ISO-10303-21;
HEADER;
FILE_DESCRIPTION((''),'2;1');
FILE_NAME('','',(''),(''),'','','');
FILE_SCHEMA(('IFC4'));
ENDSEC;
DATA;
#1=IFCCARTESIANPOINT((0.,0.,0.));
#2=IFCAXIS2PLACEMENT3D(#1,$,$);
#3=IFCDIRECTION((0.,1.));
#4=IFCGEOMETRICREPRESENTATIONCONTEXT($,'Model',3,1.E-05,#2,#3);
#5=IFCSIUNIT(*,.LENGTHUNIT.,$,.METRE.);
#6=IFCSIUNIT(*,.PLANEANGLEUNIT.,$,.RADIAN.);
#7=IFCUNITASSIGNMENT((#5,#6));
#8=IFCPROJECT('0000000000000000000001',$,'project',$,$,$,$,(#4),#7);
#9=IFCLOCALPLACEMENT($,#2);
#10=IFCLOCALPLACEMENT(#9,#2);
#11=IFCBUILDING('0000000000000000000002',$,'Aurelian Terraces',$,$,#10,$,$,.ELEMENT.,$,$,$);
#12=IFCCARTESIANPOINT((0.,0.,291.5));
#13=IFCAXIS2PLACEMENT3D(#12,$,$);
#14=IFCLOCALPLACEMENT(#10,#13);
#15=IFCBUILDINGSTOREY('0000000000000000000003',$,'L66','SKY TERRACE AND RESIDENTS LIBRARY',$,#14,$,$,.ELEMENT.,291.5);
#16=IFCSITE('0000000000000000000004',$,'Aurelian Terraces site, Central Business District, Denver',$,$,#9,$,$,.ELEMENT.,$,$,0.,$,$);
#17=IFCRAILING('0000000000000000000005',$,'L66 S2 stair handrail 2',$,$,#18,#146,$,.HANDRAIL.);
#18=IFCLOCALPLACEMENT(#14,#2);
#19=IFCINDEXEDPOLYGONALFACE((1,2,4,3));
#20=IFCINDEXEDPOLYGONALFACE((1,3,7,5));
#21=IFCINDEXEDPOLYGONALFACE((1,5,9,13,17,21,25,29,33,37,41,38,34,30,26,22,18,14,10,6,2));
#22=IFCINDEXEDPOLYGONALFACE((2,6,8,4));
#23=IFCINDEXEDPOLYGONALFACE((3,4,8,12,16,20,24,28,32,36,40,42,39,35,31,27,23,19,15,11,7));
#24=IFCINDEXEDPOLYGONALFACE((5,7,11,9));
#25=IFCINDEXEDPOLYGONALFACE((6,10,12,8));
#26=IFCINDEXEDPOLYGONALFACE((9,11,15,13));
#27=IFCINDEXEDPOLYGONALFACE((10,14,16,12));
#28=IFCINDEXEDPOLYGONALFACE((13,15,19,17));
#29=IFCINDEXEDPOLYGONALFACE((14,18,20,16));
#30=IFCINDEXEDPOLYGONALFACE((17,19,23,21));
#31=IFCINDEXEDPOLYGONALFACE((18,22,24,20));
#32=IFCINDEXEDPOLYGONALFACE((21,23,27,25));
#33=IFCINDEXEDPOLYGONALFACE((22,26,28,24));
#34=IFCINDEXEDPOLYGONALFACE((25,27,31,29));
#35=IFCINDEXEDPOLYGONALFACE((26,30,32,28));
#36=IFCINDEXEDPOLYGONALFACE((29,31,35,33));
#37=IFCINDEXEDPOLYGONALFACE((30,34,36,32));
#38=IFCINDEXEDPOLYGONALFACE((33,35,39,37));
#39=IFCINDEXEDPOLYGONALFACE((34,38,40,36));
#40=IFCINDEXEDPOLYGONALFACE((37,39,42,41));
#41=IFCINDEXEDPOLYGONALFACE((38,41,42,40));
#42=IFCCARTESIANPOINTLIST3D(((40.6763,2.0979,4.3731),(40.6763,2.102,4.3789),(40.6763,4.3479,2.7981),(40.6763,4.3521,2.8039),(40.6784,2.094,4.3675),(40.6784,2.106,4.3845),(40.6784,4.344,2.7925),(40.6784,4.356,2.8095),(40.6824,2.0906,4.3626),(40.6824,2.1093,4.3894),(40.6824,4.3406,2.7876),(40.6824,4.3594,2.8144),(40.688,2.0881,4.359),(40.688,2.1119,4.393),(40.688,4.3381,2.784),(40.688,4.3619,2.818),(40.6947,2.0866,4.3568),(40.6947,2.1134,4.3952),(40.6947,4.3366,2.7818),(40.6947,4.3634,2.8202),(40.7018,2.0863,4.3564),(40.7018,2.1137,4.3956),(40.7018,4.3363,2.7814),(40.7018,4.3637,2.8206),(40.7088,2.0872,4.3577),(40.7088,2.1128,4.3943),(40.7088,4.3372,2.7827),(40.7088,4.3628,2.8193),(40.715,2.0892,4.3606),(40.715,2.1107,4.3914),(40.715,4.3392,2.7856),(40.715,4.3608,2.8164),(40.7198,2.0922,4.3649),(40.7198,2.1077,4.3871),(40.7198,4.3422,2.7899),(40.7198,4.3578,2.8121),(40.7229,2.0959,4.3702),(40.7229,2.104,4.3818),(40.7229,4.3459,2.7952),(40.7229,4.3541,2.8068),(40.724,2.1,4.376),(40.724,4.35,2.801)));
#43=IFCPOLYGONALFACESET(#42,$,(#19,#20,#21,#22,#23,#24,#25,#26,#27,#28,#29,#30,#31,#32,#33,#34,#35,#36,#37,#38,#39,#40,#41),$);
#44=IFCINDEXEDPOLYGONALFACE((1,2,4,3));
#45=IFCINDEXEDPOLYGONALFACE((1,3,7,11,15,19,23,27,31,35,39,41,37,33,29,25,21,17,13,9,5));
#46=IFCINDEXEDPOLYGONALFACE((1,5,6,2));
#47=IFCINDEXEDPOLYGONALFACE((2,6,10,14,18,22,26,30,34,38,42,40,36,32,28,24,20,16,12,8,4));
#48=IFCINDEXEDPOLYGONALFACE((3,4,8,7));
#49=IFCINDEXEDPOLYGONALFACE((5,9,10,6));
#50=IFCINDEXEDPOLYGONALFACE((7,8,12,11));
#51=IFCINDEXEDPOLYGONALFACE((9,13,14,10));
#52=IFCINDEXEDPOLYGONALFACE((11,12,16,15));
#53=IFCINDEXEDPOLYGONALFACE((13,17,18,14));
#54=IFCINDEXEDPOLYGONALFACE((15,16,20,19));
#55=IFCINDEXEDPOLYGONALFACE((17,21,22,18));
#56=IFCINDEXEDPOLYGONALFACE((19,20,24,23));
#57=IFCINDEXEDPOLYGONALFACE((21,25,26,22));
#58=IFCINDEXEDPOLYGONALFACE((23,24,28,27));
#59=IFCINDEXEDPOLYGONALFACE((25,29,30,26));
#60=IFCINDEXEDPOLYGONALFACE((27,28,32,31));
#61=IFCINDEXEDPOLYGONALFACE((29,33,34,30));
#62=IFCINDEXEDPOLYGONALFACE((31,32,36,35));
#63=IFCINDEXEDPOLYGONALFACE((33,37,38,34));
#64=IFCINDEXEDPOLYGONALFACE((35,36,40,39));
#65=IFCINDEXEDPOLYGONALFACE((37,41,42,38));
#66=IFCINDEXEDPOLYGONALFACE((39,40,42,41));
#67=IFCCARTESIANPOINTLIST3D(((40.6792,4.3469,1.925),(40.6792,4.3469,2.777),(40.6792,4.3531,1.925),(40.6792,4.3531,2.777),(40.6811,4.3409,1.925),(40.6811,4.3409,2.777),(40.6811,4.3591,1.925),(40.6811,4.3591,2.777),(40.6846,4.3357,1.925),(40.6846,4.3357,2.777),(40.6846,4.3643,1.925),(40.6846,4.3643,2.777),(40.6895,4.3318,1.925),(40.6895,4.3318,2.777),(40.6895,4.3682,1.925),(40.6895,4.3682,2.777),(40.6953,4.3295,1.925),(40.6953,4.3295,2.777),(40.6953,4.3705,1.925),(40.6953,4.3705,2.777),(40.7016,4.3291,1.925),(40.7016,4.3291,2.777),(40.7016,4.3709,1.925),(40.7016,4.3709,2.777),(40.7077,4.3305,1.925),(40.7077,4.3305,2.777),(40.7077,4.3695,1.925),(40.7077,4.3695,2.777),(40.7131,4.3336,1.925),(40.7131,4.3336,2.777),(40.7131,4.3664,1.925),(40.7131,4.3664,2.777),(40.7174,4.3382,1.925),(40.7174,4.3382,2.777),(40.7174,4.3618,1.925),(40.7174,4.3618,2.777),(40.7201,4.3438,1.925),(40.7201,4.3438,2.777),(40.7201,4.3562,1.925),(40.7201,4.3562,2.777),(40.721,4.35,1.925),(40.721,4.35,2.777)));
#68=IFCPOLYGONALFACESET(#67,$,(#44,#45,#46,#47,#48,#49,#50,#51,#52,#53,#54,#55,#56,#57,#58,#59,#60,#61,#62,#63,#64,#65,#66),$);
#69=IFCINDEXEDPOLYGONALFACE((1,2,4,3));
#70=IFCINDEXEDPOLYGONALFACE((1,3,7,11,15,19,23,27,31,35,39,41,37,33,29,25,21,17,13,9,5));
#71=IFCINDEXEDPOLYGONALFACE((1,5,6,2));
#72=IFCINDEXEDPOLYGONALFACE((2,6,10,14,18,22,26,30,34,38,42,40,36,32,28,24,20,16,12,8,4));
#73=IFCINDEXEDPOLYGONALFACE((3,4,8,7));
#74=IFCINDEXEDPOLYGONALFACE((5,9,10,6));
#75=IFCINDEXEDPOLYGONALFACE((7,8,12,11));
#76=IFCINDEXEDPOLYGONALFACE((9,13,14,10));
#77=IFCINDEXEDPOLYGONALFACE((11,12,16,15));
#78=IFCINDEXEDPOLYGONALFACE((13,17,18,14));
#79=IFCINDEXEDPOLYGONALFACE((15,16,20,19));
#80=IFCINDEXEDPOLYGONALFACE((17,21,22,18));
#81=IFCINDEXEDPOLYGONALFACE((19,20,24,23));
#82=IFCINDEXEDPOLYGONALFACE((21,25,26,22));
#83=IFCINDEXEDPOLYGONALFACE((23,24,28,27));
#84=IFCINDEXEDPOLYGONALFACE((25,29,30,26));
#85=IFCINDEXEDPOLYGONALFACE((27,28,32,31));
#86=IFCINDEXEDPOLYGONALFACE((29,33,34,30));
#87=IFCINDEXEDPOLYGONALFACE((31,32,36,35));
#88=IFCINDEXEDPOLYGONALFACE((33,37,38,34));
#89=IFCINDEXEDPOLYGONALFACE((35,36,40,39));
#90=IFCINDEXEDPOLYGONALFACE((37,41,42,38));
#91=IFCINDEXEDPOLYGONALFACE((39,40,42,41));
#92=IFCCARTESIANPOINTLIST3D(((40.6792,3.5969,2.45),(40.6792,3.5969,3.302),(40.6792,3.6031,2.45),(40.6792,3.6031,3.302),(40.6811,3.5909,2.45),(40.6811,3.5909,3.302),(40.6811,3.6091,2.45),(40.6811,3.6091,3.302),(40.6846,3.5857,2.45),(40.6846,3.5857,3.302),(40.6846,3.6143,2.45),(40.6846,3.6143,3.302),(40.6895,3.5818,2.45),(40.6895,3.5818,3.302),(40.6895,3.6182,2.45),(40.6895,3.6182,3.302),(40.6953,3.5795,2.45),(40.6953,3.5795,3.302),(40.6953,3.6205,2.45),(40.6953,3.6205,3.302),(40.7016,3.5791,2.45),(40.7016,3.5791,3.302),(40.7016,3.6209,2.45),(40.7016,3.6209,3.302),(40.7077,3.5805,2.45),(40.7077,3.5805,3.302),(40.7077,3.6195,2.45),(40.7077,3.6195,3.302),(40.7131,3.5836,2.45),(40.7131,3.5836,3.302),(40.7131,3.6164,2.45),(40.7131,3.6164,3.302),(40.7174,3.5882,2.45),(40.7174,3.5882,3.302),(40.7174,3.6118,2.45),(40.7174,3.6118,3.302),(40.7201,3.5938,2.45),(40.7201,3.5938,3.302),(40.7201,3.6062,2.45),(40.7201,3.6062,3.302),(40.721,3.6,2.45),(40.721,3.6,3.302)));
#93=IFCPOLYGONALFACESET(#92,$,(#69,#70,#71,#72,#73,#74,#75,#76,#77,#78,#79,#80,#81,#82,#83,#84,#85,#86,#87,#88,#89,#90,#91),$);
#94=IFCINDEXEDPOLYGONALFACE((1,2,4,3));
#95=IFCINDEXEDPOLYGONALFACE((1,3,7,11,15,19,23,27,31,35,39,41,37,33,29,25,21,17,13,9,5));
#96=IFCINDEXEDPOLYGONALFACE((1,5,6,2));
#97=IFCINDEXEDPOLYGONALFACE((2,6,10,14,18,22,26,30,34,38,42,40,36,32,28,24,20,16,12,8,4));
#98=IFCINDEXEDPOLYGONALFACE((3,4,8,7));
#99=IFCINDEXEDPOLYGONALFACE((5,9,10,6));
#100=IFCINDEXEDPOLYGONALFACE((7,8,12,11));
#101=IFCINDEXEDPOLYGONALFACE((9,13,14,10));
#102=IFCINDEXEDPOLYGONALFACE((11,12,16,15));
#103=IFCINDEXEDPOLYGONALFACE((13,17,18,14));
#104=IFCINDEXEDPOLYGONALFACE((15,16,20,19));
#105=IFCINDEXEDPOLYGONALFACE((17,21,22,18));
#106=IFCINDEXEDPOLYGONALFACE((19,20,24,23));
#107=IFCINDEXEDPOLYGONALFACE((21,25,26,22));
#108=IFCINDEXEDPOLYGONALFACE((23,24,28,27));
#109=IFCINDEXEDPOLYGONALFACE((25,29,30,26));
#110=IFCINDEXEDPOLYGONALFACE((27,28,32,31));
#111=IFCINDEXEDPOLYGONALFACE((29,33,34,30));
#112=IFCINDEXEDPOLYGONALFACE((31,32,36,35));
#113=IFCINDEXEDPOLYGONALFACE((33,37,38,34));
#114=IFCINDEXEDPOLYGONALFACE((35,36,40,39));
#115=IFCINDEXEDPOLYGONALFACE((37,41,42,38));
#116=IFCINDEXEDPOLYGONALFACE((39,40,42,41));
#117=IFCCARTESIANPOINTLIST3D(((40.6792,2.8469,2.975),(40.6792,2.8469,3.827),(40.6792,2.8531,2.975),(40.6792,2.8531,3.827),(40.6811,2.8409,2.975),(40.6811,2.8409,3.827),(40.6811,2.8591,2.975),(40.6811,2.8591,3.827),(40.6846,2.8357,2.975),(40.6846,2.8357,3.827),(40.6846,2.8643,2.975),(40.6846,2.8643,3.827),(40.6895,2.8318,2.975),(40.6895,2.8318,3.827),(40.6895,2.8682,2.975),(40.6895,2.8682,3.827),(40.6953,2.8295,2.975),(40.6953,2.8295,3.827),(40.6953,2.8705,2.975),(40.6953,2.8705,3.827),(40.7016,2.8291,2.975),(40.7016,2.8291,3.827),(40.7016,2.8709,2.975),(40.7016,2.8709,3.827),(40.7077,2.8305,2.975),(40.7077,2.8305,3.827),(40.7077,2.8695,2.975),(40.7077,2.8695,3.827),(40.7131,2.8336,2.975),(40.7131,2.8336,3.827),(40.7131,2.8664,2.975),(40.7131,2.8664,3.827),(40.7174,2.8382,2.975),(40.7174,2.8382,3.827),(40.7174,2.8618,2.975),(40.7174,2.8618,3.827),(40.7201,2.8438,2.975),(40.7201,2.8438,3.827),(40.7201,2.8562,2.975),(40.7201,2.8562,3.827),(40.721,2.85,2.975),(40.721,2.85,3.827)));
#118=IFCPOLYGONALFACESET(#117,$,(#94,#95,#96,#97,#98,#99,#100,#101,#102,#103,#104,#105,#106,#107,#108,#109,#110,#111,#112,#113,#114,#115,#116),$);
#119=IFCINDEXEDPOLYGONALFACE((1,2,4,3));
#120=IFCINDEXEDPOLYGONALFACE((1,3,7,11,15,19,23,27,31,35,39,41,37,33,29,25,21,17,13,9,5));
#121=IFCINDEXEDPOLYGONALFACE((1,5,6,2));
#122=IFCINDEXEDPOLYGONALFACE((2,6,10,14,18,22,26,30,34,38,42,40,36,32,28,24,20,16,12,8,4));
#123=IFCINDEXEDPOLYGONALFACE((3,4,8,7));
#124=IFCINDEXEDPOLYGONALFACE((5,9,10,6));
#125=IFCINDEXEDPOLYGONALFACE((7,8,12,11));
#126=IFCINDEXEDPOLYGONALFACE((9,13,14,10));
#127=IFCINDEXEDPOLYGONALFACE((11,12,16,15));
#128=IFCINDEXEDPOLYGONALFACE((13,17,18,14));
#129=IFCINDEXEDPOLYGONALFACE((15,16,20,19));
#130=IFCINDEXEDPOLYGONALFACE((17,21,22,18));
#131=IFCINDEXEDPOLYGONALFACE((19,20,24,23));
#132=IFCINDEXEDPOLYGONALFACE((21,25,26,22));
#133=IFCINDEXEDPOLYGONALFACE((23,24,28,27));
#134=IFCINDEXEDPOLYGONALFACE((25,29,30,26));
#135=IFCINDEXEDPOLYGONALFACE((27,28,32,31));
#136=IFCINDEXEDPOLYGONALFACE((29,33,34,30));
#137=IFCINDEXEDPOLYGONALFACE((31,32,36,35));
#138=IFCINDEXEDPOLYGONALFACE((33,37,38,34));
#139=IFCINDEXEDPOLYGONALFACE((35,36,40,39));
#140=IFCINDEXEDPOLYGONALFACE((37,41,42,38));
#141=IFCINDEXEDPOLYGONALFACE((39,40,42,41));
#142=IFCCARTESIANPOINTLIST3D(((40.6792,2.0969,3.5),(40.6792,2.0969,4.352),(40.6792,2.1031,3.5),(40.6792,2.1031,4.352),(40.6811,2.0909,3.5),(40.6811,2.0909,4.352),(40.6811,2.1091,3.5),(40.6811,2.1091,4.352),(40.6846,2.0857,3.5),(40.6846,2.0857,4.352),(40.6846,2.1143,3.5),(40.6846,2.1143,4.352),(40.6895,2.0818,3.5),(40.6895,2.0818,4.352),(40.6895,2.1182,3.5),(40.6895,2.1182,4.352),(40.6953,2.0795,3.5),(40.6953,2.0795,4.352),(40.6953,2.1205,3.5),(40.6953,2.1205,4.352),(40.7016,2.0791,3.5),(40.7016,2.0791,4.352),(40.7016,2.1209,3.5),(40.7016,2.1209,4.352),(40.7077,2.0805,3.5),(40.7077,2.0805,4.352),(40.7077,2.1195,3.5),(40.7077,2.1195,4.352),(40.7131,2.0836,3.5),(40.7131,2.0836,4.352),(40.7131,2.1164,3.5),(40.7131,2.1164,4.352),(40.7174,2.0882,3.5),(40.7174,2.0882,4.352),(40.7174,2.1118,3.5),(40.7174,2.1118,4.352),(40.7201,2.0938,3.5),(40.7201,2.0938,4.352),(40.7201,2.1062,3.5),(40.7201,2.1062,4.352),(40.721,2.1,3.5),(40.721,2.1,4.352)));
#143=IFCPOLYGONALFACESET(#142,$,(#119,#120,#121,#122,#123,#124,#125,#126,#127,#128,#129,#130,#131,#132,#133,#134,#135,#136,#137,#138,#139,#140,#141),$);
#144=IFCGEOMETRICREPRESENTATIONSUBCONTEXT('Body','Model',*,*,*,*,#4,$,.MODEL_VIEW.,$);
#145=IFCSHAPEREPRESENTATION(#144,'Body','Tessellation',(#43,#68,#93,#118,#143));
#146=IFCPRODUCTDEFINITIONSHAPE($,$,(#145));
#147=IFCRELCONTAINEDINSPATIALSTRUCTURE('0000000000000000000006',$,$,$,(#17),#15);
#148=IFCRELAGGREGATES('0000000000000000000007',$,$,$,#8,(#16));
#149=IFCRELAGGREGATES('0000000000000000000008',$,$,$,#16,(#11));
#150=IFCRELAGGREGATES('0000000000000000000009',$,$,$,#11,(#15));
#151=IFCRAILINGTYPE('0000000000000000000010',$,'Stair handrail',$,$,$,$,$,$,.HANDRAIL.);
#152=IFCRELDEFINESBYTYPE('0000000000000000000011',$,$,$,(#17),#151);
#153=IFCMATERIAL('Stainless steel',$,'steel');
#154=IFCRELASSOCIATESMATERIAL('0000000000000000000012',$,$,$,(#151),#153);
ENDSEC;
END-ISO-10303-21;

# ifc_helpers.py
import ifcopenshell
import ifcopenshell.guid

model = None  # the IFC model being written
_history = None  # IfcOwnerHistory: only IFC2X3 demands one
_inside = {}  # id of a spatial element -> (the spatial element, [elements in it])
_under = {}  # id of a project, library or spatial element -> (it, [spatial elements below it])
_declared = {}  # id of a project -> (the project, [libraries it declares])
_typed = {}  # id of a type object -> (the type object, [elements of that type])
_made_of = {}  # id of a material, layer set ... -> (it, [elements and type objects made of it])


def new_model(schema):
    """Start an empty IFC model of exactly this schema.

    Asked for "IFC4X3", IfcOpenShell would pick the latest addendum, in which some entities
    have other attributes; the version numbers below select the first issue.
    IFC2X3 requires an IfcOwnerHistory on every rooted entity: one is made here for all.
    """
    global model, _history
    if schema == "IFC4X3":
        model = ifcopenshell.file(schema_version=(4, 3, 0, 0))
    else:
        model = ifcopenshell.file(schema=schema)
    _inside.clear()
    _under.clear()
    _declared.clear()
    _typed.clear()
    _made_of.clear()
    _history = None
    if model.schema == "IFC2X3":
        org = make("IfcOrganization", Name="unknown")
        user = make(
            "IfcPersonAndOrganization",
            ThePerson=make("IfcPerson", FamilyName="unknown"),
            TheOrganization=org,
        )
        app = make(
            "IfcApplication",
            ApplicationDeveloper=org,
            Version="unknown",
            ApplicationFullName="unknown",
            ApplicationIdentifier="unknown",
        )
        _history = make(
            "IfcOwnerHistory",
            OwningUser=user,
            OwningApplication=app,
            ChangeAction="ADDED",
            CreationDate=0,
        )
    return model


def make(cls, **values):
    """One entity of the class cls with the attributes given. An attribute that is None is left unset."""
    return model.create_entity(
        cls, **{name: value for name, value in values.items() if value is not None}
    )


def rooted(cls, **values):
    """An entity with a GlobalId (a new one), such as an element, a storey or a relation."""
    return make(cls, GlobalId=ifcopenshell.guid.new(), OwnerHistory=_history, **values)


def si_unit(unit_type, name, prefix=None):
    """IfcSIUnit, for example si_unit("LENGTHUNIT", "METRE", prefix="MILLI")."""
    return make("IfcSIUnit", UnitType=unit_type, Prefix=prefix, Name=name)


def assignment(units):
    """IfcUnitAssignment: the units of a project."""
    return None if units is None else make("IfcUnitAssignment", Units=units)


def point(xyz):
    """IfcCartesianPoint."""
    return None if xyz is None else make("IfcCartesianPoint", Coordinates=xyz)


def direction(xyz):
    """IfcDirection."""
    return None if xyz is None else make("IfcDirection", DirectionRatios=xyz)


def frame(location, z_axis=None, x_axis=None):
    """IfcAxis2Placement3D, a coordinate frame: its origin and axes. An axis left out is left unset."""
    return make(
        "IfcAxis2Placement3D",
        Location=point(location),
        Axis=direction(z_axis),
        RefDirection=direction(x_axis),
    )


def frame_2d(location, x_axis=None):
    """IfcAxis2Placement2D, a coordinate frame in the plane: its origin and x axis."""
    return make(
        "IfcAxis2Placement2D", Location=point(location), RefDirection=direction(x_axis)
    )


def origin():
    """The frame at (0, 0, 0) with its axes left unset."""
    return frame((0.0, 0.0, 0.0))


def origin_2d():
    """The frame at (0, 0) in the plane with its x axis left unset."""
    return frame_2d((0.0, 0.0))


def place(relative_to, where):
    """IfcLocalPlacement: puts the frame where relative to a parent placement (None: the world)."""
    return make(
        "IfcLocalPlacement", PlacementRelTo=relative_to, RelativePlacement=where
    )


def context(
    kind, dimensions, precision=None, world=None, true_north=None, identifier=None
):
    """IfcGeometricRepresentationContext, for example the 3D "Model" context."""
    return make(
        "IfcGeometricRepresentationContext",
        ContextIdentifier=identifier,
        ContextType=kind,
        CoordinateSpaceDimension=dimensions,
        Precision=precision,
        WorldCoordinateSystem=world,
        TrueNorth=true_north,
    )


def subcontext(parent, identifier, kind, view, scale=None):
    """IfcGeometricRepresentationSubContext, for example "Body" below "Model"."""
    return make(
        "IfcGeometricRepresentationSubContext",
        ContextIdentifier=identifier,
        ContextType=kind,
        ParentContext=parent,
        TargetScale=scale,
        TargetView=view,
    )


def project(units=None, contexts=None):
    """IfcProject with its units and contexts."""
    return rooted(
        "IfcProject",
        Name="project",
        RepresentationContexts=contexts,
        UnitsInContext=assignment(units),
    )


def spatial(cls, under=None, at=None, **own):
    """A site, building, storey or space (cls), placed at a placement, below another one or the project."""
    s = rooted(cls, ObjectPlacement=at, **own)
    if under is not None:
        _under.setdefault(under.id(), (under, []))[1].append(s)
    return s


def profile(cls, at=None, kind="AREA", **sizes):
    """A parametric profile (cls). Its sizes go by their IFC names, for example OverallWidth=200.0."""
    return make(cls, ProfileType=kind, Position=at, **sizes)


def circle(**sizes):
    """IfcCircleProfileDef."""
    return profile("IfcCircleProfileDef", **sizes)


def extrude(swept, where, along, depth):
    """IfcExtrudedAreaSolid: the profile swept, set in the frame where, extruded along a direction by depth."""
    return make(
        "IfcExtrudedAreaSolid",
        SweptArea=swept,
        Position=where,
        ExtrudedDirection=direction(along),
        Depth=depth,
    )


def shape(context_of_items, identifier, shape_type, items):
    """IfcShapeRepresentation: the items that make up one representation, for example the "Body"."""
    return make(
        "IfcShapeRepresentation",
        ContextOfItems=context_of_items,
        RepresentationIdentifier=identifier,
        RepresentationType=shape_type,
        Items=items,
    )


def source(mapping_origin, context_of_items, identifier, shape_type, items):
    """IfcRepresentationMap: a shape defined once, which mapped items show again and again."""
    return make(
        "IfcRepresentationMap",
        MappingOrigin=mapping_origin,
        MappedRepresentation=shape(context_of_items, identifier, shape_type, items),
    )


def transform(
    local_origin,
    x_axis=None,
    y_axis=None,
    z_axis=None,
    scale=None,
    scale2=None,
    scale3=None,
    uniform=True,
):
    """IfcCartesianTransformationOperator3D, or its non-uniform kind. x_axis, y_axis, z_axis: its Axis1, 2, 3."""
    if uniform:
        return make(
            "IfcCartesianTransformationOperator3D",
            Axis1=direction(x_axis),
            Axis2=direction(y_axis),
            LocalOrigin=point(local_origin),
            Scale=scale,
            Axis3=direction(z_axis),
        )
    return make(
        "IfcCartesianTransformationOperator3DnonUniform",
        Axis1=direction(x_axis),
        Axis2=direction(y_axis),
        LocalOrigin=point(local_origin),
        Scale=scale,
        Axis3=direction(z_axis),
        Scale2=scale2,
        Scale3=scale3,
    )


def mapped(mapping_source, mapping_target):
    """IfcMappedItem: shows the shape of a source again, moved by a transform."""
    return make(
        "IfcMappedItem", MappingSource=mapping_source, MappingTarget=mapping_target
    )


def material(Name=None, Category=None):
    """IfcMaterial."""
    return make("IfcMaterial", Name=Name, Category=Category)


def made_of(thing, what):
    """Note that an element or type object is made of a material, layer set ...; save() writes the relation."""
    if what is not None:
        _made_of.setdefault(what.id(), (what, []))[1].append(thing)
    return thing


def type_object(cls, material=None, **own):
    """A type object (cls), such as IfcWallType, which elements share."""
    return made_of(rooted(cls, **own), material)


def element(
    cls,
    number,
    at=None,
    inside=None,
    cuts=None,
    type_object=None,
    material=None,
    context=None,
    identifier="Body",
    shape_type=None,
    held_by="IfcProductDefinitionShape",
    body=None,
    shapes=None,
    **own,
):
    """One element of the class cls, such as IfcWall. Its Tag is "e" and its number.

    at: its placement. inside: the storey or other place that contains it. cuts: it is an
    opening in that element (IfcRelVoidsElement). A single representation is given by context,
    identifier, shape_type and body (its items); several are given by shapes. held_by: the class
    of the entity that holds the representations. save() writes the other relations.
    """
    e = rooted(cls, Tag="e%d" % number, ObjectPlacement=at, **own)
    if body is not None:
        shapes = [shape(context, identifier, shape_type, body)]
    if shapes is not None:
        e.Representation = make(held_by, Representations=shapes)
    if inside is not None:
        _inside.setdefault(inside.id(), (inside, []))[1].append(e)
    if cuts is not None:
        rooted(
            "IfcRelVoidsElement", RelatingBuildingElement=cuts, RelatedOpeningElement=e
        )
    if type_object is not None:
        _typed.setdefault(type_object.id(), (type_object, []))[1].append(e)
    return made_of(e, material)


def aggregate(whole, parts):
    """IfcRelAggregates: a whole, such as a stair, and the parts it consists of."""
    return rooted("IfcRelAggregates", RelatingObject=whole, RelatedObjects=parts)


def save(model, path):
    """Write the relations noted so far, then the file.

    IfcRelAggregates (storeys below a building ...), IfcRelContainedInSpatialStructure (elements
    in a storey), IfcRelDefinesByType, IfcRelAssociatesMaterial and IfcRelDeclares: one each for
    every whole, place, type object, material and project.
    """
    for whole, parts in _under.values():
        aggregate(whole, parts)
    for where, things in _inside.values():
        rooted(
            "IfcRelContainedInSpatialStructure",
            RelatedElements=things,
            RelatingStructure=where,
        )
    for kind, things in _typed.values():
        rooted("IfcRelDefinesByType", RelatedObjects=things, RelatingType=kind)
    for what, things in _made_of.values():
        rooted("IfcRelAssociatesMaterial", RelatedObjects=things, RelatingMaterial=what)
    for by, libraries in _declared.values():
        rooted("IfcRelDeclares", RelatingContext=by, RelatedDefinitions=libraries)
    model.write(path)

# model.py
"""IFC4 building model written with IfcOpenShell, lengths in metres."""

from ifc_helpers import new_model, si_unit, direction, frame, origin, origin_2d, place, context, subcontext, project, spatial, circle, extrude, source, transform, mapped, material, type_object, element, save


model = new_model("IFC4")

# Units and contexts
model_context = context("Model", 3, precision=1e-05, world=origin(), true_north=direction((0.0, 1.0)))
body_context = subcontext(model_context, "Body", "Model", "MODEL_VIEW")
ifc_project = project(units=[si_unit("LENGTHUNIT", "METRE"), si_unit("PLANEANGLEUNIT", "RADIAN")], contexts=[model_context])

# Site, building, storey
site_placement = place(None, origin())
site = spatial("IfcSite", under=ifc_project, at=site_placement, Name="Aurelian Terraces site, Central Business District, Denver", CompositionType="ELEMENT", RefElevation=0.0)
building_placement = place(site_placement, origin())
building = spatial("IfcBuilding", under=site, at=building_placement, Name="Aurelian Terraces", CompositionType="ELEMENT")
storey_placement = place(building_placement, frame((0.0, 0.0, 291.5)))
storey = spatial("IfcBuildingStorey", under=building, at=storey_placement, Name="L66", Description="SKY TERRACE AND RESIDENTS LIBRARY", CompositionType="ELEMENT", Elevation=291.5)

# Railing
ifc_material_1 = material(Name="Stainless steel", Category="steel")
railing_type_1 = type_object("IfcRailingType", Name="Stair handrail", PredefinedType="HANDRAIL", material=ifc_material_1)
shared_shape_1 = source(origin(), body_context, "Body", "SweptSolid", [
    extrude(circle(Radius=0.024, at=origin_2d()), frame((0.0, 0.0, 0.876), z_axis=(0.0, -0.819232, 0.573462), x_axis=(1.0, 0.0, 0.0)), (0.0, 0.0, 1.0), 2.7465),
    extrude(circle(Radius=0.021, at=origin_2d()), origin(), (0.0, 0.0, 1.0), 0.852),
    extrude(circle(Radius=0.021, at=origin_2d()), frame((0.0, -0.75, 0.525)), (0.0, 0.0, 1.0), 0.852),
    extrude(circle(Radius=0.021, at=origin_2d()), frame((0.0, -1.5, 1.05)), (0.0, 0.0, 1.0), 0.852),
    extrude(circle(Radius=0.021, at=origin_2d()), frame((0.0, -2.25, 1.575)), (0.0, 0.0, 1.0), 0.852),
])
railing_1_placement = place(storey_placement, frame((40.7, 4.35, 1.925)))
element("IfcRailing", 1, at=railing_1_placement, inside=storey, type_object=railing_type_1, Name="L66 S2 stair handrail 2", PredefinedType="HANDRAIL", context=body_context, shape_type="MappedRepresentation", body=[
    mapped(shared_shape_1, transform((0.0, 0.0, 0.0), scale=1.0)),
])

save(model, "model.ifc")
